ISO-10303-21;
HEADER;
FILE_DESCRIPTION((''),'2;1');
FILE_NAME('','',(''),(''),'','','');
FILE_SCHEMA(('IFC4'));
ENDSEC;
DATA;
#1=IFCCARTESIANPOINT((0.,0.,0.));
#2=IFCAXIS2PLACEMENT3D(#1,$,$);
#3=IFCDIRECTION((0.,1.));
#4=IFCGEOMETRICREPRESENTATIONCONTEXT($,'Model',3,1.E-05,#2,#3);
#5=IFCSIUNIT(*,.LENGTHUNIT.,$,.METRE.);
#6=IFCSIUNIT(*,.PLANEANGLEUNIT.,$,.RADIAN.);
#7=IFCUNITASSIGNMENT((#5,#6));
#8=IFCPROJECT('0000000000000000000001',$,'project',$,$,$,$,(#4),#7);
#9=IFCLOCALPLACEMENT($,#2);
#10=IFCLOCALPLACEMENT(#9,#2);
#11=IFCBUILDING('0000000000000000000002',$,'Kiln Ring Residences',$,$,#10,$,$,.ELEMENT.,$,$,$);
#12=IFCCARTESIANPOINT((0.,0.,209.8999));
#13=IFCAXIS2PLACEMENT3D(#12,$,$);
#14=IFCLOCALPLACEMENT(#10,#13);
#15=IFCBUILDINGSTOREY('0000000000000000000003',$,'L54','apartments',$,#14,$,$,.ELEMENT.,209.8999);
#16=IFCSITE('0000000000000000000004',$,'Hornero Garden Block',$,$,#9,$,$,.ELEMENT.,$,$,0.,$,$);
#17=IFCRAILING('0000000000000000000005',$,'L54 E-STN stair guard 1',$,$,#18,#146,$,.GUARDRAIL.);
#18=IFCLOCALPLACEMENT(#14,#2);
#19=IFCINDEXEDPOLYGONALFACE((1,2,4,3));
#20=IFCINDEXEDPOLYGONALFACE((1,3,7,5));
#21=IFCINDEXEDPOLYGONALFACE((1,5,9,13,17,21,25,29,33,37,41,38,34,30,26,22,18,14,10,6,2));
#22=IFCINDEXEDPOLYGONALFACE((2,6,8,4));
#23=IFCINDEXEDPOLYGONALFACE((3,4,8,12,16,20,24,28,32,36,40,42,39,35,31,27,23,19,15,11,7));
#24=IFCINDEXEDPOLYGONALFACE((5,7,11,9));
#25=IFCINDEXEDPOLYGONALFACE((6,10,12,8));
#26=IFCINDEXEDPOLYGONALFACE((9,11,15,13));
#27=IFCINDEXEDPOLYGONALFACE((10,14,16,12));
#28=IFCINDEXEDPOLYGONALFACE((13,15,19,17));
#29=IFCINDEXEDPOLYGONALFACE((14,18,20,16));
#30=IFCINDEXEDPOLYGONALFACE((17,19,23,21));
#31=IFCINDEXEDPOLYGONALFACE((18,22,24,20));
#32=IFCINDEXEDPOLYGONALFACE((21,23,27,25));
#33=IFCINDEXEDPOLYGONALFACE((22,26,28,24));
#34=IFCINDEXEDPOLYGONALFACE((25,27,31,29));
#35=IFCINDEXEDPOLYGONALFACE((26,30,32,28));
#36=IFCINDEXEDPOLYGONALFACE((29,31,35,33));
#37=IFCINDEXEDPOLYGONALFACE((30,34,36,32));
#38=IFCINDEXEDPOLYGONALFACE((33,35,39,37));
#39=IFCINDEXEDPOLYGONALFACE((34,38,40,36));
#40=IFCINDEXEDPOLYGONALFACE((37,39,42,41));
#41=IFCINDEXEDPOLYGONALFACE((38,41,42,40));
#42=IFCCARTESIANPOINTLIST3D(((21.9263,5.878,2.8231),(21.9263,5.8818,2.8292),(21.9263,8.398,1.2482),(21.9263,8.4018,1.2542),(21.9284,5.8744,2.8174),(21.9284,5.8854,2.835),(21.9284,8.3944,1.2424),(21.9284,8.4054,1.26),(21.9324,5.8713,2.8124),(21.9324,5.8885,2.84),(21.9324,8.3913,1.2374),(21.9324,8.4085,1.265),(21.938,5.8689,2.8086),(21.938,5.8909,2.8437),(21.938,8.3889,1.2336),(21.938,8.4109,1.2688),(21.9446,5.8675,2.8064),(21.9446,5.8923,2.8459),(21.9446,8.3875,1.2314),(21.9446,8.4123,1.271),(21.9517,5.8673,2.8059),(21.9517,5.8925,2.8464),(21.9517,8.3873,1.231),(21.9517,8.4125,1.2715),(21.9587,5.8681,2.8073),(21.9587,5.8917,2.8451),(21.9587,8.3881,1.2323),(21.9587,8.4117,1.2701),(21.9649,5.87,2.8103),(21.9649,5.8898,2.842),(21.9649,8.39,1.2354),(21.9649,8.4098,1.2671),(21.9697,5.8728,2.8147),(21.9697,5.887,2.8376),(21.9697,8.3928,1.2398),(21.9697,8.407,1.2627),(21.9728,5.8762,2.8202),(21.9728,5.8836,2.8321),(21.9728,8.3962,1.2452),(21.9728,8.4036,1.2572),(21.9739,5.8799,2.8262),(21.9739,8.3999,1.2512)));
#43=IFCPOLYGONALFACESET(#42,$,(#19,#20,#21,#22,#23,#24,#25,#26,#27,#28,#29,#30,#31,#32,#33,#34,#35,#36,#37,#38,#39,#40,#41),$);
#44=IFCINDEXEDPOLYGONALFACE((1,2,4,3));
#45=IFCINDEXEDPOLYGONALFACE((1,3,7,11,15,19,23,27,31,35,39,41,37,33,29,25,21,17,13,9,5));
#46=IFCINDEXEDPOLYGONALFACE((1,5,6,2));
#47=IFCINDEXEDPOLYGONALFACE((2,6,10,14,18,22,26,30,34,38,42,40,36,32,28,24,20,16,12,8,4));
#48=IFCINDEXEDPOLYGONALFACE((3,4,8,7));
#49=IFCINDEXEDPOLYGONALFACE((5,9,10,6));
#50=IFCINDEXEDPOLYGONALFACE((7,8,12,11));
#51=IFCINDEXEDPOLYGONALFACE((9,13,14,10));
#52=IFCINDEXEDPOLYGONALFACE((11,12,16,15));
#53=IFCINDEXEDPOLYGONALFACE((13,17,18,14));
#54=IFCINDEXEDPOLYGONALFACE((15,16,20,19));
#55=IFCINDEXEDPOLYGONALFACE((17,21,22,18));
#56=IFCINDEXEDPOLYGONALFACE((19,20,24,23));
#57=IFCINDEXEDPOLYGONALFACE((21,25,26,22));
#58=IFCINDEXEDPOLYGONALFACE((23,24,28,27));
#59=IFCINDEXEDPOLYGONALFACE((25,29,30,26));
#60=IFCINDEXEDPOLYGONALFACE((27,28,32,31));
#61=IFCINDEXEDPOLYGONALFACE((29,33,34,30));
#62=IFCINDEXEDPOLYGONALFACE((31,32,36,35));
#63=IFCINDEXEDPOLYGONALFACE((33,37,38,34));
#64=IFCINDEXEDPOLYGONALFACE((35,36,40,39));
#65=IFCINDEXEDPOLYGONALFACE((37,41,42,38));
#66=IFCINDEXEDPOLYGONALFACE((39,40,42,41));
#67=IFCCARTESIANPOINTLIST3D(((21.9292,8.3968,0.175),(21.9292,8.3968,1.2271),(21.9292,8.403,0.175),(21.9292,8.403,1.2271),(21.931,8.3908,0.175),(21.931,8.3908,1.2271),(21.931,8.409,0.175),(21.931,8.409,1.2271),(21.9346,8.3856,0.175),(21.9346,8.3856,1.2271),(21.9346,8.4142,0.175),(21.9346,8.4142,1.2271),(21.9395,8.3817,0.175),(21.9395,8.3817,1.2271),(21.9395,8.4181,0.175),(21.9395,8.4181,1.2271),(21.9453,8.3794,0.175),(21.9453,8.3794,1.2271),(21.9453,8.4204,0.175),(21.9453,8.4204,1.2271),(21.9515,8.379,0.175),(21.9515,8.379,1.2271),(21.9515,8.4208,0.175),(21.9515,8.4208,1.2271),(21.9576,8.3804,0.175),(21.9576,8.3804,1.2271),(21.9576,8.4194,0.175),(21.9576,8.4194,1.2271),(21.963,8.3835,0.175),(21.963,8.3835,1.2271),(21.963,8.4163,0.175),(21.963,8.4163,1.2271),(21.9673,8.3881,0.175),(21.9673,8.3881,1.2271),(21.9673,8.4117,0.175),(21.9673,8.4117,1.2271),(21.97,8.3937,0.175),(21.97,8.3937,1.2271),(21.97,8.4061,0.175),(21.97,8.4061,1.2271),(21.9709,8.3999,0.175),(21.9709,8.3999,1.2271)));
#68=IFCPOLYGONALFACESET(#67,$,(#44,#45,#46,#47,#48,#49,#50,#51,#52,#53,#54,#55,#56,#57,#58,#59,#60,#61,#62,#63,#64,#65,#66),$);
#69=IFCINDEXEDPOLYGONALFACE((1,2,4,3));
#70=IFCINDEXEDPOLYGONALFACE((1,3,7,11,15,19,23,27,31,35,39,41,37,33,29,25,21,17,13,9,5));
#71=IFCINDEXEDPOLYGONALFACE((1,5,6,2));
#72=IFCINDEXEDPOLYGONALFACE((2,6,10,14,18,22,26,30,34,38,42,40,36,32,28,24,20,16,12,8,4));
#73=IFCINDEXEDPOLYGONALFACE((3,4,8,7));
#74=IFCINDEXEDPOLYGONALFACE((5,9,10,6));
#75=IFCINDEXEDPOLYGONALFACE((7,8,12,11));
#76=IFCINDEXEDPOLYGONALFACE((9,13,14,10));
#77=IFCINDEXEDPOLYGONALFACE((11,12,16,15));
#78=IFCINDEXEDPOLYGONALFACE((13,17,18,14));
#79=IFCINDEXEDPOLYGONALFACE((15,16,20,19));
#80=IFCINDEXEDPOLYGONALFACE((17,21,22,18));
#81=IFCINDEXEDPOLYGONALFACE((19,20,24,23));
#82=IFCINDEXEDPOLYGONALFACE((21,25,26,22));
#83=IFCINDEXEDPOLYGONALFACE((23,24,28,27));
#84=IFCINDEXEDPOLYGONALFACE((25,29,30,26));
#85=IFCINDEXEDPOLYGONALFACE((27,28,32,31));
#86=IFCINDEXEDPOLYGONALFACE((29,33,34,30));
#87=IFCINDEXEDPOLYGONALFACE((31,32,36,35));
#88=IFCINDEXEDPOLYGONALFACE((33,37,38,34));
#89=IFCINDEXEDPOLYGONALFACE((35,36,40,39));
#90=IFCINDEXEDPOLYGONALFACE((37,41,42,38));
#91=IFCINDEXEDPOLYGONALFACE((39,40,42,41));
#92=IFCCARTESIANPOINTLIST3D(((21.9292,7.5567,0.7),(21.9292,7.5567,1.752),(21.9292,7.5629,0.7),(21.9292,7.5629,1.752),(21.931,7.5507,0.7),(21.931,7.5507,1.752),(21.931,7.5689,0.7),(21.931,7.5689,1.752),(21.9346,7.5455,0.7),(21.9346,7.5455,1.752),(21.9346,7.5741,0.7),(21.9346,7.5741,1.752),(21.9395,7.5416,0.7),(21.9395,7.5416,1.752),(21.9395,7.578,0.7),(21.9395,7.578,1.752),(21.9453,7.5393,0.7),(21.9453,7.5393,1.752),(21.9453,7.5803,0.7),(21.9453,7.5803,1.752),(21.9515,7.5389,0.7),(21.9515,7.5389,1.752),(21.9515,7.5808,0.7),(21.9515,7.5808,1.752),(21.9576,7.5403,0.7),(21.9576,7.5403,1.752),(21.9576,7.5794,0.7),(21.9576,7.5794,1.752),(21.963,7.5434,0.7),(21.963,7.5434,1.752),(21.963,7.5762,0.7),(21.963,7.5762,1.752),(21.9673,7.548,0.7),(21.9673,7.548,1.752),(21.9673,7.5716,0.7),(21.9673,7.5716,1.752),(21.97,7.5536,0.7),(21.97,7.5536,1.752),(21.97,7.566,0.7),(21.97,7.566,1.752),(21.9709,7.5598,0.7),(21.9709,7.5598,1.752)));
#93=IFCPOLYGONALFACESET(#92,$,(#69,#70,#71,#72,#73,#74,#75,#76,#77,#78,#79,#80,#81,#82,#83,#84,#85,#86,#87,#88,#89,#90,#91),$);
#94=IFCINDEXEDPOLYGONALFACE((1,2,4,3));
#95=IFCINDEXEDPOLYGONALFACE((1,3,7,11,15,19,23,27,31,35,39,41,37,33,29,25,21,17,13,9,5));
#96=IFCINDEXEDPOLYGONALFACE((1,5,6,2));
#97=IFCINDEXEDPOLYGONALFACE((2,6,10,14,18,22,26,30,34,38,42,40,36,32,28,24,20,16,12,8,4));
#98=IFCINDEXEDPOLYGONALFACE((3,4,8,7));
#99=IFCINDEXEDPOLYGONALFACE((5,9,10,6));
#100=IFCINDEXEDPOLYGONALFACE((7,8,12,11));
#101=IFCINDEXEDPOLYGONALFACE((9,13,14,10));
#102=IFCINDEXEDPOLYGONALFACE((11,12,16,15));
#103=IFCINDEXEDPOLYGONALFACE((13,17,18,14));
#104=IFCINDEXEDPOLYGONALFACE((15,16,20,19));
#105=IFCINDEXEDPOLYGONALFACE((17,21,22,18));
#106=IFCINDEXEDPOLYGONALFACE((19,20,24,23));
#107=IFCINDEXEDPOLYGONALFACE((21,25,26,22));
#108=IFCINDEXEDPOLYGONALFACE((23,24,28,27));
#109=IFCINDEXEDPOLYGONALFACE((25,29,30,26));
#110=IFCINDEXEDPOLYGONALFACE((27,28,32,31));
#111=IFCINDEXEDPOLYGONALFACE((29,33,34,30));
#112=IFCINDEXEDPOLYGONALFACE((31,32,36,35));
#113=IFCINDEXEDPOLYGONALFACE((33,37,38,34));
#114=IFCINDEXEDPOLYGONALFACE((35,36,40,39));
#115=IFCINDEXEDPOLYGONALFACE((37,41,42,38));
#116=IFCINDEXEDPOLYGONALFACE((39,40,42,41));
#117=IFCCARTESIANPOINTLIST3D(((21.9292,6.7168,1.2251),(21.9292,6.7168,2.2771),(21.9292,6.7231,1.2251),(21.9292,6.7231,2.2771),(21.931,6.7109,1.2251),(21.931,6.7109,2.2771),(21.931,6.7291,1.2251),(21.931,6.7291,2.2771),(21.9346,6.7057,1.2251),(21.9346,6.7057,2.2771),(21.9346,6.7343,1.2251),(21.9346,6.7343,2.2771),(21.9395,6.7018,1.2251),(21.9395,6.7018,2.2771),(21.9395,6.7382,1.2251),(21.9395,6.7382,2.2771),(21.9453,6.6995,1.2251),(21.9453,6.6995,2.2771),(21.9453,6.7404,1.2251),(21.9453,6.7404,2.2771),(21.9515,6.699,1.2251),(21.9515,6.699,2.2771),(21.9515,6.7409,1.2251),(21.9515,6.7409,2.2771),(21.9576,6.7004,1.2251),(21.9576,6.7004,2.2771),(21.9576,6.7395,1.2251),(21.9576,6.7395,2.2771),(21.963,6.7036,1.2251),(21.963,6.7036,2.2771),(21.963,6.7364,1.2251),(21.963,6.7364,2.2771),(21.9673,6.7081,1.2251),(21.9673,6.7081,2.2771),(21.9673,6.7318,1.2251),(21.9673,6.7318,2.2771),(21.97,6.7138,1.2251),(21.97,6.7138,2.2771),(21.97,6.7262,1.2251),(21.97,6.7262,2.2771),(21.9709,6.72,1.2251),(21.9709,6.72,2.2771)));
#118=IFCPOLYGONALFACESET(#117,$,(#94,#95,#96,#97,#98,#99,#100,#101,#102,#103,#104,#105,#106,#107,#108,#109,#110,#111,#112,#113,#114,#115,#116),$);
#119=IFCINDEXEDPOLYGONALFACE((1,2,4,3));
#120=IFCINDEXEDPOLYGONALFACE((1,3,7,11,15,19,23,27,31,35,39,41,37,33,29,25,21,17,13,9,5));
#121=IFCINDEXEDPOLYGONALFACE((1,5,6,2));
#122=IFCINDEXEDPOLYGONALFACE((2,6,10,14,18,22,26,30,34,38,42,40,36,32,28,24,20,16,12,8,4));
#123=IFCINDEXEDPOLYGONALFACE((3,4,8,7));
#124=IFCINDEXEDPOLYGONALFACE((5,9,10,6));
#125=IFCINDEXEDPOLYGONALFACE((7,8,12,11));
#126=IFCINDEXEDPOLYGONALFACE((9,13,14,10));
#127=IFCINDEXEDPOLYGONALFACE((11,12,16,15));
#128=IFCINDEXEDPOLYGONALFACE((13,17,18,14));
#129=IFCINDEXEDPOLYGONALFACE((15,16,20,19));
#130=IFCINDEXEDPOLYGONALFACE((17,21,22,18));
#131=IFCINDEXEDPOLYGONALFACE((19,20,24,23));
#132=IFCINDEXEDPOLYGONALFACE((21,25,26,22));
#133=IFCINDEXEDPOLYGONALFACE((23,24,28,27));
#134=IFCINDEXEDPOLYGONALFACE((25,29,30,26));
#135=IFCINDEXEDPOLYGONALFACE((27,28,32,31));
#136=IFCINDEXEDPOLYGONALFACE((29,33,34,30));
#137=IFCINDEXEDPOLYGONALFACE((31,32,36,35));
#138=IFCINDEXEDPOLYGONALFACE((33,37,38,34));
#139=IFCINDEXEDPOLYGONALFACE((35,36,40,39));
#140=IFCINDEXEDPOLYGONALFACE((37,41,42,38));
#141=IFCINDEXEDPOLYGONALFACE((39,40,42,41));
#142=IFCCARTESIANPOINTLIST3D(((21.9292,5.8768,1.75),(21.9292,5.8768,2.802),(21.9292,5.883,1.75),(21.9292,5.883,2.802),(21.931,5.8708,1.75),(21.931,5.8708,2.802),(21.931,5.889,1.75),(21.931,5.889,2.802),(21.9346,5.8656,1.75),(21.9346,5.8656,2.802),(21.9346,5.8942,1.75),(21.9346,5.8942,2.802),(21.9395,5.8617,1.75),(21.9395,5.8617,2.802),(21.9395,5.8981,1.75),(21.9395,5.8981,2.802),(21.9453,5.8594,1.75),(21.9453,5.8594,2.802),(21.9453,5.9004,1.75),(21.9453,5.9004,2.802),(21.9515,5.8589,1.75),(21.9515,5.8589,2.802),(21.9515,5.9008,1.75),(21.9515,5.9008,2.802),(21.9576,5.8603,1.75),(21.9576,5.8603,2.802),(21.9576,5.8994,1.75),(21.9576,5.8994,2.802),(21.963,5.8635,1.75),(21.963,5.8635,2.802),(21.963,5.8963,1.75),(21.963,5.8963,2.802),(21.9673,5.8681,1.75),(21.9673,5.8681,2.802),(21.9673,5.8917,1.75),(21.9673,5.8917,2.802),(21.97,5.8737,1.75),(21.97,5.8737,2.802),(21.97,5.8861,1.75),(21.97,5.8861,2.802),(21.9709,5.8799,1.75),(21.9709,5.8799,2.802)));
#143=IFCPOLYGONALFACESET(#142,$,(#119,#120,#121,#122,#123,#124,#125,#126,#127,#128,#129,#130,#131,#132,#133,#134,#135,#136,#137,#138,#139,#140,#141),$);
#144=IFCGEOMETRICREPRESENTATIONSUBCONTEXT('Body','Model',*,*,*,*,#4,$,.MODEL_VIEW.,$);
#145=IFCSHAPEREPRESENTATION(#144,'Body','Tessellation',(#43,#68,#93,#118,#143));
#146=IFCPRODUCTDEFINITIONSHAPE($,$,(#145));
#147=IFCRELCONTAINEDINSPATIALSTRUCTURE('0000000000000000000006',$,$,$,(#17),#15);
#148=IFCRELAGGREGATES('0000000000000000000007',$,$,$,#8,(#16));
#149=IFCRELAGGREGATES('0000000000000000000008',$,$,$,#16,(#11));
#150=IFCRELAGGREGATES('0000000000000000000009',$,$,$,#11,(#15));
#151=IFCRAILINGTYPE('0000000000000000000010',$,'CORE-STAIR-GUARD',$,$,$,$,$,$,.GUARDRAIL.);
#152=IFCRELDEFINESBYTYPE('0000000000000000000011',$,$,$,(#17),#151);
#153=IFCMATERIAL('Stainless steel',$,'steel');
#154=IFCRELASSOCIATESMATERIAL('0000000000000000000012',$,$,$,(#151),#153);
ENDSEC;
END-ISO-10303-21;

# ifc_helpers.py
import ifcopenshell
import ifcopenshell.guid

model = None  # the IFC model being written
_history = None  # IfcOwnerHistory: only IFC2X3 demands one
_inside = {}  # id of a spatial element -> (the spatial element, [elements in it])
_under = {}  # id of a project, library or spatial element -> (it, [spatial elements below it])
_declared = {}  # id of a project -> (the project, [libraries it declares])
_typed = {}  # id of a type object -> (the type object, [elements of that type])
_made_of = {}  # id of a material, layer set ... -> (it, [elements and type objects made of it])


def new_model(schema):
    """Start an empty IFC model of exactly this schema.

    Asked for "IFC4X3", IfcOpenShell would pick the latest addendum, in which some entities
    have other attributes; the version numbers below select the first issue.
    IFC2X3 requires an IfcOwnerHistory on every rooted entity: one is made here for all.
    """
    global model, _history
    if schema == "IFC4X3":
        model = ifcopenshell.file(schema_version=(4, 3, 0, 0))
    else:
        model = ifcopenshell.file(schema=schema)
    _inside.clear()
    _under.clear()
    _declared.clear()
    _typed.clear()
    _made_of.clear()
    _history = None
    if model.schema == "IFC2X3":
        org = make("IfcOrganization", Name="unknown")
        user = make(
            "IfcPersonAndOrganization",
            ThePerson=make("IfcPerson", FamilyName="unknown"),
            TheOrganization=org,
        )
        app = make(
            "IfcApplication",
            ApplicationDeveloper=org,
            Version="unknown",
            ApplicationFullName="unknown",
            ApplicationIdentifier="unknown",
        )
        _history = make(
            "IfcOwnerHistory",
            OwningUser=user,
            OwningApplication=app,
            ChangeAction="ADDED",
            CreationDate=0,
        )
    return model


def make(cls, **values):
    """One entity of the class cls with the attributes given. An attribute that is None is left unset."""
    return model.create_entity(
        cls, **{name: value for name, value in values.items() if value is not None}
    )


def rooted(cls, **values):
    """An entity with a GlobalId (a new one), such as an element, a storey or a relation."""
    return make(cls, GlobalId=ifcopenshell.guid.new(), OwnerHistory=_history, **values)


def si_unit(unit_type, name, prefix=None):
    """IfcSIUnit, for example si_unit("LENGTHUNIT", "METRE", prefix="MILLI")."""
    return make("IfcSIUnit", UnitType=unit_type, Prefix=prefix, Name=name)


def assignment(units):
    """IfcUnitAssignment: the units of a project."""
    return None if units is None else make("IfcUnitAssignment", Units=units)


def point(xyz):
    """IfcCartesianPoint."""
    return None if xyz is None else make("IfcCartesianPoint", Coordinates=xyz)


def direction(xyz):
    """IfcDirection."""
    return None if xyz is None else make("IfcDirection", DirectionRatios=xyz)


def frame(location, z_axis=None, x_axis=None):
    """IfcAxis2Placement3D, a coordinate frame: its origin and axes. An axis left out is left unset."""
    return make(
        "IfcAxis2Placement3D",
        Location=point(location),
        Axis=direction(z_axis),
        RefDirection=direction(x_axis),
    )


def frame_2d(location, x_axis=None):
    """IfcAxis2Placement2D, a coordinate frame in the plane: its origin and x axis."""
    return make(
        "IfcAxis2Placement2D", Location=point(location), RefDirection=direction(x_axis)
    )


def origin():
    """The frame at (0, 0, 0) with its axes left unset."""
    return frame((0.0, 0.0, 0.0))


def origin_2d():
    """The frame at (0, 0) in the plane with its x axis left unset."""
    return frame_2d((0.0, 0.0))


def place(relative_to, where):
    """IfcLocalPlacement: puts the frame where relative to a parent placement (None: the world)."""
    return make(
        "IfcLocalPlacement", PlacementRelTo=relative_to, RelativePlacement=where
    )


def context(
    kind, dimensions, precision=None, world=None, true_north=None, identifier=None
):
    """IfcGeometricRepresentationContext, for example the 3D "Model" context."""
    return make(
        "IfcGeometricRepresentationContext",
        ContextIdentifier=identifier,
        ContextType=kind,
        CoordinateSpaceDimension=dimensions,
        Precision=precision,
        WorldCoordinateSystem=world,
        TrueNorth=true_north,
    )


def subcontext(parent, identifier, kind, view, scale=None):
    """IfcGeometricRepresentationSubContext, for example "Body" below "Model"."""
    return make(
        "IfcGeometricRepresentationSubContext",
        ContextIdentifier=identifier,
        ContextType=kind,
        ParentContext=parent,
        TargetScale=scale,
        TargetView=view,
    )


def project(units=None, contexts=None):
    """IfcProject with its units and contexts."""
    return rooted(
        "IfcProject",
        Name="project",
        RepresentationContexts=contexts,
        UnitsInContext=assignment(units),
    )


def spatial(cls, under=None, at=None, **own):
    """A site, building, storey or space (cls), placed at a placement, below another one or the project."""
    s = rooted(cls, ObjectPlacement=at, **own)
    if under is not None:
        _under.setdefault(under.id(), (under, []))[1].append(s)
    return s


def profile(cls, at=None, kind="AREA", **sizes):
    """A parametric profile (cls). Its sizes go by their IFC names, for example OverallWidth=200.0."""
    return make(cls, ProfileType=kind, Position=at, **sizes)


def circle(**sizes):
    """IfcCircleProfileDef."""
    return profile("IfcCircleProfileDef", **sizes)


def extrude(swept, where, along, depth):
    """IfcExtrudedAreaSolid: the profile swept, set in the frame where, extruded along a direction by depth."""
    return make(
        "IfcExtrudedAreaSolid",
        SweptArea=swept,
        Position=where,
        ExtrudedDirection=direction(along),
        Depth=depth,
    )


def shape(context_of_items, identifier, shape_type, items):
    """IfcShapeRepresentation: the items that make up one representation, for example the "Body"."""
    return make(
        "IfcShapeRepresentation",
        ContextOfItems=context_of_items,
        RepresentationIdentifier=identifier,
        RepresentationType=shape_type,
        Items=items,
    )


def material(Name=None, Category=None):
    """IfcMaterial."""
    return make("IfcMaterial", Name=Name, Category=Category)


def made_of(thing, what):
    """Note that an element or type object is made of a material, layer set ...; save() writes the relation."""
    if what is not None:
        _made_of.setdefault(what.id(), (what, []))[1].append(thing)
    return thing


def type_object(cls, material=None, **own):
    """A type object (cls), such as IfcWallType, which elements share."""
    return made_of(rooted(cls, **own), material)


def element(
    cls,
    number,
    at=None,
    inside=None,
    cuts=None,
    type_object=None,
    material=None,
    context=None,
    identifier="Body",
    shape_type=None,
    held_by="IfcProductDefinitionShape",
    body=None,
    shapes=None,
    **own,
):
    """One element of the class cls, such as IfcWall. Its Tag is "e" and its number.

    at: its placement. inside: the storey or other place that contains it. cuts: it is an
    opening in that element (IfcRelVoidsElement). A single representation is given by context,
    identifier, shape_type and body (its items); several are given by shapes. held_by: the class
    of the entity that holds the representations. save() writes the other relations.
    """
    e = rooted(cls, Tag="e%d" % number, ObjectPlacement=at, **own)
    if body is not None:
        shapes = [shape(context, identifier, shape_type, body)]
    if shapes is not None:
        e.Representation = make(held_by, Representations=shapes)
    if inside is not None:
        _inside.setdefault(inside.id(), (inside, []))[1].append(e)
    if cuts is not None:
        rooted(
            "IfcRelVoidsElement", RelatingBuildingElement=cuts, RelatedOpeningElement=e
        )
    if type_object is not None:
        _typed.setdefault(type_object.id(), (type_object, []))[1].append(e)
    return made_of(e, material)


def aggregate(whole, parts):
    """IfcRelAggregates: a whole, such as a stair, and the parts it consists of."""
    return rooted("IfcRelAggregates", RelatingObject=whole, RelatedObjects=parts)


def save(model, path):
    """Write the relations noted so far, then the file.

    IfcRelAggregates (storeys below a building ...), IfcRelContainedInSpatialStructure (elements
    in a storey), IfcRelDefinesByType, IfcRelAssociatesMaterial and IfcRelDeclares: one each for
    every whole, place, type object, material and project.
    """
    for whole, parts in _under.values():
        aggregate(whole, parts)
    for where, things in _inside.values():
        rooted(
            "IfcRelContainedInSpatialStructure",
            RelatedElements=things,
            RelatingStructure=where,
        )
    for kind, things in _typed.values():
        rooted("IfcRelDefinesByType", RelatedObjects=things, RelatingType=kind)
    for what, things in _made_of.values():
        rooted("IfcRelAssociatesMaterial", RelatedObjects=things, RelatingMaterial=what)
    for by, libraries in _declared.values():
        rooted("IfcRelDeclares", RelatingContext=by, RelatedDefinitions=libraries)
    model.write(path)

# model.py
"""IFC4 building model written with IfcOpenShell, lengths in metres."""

from ifc_helpers import new_model, si_unit, direction, frame, origin, origin_2d, place, context, subcontext, project, spatial, circle, extrude, material, type_object, element, save


model = new_model("IFC4")

# Units and contexts
model_context = context("Model", 3, precision=1e-05, world=origin(), true_north=direction((0.0, 1.0)))
body_context = subcontext(model_context, "Body", "Model", "MODEL_VIEW")
ifc_project = project(units=[si_unit("LENGTHUNIT", "METRE"), si_unit("PLANEANGLEUNIT", "RADIAN")], contexts=[model_context])

# Site, building, storey
site_placement = place(None, origin())
site = spatial("IfcSite", under=ifc_project, at=site_placement, Name="Hornero Garden Block", CompositionType="ELEMENT", RefElevation=0.0)
building_placement = place(site_placement, origin())
building = spatial("IfcBuilding", under=site, at=building_placement, Name="Kiln Ring Residences", CompositionType="ELEMENT")
storey_placement = place(building_placement, frame((0.0, 0.0, 209.8999)))
storey = spatial("IfcBuildingStorey", under=building, at=storey_placement, Name="L54", Description="apartments", CompositionType="ELEMENT", Elevation=209.8999)

# Railing
ifc_material_1 = material(Name="Stainless steel", Category="steel")
railing_type_1 = type_object("IfcRailingType", Name="CORE-STAIR-GUARD", PredefinedType="GUARDRAIL", material=ifc_material_1)
railing_1_placement = place(storey_placement, frame((21.95, 8.3999, 0.175)))
element("IfcRailing", 1, at=railing_1_placement, inside=storey, type_object=railing_type_1, Name="L54 E-STN stair guard 1", PredefinedType="GUARDRAIL", context=body_context, shape_type="SweptSolid", body=[
    extrude(circle(Radius=0.0239, at=origin_2d()), frame((0.0, 0.0, 1.0762), z_axis=(0.0, -0.848008, 0.529984), x_axis=(1.0, 0.0, 0.0)), (0.0, 0.0, 1.0), 2.9717),
    extrude(circle(Radius=0.021, at=origin_2d()), origin(), (0.0, 0.0, 1.0), 1.052),
    extrude(circle(Radius=0.021, at=origin_2d()), frame((0.0, -0.8401, 0.5249)), (0.0, 0.0, 1.0), 1.052),
    extrude(circle(Radius=0.021, at=origin_2d()), frame((0.0, -1.6799, 1.05)), (0.0, 0.0, 1.0), 1.052),
    extrude(circle(Radius=0.021, at=origin_2d()), frame((0.0, -2.52, 1.575)), (0.0, 0.0, 1.0), 1.052),
])

save(model, "model.ifc")
